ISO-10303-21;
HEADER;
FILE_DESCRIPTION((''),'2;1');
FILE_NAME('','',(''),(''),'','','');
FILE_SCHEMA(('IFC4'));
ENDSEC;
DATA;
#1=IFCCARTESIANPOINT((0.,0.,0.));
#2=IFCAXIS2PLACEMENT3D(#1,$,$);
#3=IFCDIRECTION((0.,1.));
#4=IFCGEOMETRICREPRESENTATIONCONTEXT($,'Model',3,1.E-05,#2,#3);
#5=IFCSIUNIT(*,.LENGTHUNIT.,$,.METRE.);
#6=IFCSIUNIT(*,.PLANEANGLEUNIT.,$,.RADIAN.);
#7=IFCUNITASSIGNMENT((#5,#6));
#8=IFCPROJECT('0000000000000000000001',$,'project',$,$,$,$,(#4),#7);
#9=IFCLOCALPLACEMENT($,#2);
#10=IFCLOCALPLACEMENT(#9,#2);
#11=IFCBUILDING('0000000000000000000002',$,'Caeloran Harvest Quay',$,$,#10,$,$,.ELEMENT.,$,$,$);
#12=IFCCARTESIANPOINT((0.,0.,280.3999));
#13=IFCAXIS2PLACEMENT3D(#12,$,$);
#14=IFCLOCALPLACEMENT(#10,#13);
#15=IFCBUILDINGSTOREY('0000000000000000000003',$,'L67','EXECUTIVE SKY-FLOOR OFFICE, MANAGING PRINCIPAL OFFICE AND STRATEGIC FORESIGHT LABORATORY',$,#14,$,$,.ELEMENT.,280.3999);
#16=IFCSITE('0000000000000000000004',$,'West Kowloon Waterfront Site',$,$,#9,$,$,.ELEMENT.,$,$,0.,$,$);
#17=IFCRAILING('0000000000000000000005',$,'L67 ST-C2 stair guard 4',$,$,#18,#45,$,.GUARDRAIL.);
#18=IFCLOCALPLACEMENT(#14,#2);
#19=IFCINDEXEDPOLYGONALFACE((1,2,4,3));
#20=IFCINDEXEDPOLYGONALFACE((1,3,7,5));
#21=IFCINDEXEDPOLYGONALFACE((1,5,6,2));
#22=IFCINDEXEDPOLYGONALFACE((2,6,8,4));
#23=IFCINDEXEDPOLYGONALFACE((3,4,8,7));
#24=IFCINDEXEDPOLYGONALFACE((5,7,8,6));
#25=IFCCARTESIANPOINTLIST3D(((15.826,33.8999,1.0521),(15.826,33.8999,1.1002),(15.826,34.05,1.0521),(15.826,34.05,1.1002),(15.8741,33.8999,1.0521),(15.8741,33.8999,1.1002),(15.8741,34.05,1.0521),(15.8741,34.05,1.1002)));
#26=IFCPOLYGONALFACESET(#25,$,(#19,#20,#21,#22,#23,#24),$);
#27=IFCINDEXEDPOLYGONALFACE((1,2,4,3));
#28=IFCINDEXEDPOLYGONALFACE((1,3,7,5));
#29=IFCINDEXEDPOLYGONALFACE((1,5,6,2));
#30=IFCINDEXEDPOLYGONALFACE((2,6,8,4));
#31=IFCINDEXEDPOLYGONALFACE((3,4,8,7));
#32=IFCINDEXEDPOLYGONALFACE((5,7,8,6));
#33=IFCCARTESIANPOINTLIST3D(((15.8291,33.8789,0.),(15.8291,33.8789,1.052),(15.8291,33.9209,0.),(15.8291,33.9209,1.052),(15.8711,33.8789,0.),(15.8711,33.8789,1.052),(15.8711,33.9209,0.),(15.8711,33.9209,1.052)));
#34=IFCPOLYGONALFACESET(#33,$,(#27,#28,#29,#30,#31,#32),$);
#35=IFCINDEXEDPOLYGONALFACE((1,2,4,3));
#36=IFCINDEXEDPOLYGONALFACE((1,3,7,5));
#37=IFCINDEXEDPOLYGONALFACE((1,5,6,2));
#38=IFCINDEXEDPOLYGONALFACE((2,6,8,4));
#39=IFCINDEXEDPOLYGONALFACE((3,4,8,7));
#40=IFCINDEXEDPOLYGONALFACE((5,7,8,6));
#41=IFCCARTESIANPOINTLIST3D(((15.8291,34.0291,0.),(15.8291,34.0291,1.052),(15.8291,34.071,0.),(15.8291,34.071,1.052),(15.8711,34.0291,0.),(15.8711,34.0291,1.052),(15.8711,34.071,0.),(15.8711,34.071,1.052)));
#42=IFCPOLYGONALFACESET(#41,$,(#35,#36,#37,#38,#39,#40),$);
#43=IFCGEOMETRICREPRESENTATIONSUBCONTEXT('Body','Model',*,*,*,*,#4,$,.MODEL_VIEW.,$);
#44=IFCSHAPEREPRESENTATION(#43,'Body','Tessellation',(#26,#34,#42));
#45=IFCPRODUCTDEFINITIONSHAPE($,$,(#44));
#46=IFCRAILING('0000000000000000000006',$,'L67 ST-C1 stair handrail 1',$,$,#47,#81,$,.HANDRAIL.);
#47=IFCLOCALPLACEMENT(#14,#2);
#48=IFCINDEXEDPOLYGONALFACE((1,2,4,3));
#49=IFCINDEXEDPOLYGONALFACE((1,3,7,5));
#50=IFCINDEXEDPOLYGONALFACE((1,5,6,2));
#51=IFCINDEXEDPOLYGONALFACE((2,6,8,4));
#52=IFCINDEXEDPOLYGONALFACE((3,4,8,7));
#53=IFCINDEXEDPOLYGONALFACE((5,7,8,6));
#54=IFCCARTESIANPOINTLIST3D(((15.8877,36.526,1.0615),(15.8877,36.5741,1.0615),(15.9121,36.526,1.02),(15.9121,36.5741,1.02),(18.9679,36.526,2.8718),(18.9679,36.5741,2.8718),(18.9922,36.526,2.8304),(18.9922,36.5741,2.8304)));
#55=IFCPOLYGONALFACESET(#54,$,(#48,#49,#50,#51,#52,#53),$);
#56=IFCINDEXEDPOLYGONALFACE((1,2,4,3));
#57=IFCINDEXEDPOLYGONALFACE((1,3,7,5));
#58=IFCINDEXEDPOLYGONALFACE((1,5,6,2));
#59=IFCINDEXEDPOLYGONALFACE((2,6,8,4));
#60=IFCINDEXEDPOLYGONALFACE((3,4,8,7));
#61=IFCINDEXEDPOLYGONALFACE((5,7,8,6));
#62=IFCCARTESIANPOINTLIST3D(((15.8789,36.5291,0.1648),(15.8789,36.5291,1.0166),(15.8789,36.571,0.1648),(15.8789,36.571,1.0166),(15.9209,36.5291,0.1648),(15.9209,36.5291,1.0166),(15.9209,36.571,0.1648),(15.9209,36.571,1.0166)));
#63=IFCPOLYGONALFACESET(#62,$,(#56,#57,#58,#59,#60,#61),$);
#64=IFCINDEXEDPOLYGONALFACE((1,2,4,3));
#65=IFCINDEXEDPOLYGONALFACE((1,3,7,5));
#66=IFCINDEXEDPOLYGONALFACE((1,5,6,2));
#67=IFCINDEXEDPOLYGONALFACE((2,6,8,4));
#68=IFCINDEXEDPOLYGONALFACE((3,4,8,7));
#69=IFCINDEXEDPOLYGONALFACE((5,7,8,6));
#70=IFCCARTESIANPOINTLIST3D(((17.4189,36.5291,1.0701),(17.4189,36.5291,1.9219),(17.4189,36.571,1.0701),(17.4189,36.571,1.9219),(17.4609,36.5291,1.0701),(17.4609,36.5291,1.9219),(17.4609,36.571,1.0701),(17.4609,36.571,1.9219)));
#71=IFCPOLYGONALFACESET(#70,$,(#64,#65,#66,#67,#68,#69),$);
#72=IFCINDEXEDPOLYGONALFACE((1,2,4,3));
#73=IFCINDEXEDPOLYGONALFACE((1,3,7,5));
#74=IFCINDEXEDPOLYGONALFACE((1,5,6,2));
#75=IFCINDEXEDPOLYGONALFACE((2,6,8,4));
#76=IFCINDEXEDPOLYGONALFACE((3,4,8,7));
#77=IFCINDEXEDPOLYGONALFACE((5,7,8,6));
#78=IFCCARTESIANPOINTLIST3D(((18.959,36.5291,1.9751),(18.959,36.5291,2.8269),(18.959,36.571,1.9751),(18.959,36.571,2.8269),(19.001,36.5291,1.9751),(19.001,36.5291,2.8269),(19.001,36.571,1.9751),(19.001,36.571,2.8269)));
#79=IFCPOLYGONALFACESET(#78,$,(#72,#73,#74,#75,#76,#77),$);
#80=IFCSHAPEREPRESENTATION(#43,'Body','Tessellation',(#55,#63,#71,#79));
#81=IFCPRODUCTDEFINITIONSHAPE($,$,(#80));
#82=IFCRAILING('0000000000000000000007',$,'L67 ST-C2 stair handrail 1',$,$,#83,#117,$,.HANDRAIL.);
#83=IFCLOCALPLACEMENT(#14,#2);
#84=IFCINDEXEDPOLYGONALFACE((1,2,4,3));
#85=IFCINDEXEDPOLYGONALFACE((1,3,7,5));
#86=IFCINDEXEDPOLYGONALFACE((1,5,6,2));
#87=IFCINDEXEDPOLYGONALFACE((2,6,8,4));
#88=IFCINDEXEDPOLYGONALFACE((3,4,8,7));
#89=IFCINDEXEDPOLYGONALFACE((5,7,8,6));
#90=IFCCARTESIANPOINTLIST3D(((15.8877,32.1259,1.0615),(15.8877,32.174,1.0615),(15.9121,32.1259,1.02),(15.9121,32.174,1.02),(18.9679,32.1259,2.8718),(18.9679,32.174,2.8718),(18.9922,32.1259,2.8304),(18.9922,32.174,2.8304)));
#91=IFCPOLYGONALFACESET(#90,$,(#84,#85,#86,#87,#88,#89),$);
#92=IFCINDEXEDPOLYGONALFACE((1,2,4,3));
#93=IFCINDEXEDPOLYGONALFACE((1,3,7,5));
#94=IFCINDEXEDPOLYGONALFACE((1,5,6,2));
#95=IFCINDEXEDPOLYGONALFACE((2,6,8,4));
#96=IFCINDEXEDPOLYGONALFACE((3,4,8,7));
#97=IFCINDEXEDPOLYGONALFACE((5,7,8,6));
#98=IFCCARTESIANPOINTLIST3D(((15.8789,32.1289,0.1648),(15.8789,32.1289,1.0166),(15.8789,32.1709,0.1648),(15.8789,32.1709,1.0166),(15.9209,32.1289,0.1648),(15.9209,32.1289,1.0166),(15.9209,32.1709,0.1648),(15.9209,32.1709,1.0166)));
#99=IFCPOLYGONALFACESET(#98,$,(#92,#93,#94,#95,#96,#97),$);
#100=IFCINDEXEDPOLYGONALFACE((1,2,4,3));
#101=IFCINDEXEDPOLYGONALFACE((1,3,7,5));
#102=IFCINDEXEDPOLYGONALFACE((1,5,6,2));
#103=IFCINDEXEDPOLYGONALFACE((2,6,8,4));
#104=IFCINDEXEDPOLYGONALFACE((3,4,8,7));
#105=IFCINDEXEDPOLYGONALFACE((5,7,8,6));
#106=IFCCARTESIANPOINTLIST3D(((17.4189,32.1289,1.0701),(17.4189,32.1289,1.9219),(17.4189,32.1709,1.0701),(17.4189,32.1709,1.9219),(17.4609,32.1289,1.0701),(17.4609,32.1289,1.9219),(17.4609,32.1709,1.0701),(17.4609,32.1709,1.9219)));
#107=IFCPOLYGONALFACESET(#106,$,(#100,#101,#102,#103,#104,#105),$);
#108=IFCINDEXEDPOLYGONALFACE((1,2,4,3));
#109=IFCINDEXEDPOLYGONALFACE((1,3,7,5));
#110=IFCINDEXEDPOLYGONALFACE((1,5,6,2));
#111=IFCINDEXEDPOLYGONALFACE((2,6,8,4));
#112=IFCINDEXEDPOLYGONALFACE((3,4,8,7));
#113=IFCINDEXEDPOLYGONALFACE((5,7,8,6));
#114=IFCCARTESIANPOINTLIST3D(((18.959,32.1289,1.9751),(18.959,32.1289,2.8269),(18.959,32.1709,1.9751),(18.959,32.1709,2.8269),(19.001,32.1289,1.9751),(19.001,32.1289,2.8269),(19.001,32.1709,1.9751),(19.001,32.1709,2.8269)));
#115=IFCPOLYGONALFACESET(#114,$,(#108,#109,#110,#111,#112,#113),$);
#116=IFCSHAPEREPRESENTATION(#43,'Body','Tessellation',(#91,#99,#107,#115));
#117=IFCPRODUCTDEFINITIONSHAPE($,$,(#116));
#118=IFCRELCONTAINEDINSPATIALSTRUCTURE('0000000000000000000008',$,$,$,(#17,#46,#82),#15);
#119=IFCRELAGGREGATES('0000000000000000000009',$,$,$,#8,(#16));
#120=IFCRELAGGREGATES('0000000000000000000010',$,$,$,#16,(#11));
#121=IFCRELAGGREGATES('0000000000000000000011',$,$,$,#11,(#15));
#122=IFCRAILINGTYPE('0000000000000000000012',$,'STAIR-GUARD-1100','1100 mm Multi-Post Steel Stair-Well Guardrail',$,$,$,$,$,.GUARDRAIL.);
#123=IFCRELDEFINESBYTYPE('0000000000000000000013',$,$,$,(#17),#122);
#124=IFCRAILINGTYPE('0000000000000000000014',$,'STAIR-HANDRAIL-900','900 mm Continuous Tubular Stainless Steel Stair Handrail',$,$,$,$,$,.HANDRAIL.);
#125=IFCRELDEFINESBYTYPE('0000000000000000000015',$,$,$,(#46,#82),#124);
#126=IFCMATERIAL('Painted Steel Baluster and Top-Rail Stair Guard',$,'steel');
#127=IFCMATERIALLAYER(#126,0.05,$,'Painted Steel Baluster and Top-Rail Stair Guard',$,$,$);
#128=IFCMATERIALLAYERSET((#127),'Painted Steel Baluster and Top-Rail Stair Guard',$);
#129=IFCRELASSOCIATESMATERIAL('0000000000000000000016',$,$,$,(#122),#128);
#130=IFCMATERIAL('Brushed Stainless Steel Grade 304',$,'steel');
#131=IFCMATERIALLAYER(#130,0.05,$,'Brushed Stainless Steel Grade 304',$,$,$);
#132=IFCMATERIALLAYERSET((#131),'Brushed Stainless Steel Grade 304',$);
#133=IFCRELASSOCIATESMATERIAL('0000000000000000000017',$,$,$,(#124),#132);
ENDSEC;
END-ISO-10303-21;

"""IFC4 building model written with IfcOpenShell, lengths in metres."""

from ifc_helpers import new_model, si_unit, direction, frame, origin, origin_2d, place, context, subcontext, project, spatial, rectangle, extrude, material, layer, layer_set, type_object, element, save


model = new_model("IFC4")

# Units and contexts
model_context = context("Model", 3, precision=1e-05, world=origin(), true_north=direction((0.0, 1.0)))
body_context = subcontext(model_context, "Body", "Model", "MODEL_VIEW")
ifc_project = project(units=[si_unit("LENGTHUNIT", "METRE"), si_unit("PLANEANGLEUNIT", "RADIAN")], contexts=[model_context])

# Site, building, storey
site_placement = place(None, origin())
site = spatial("IfcSite", under=ifc_project, at=site_placement, Name="West Kowloon Waterfront Site", CompositionType="ELEMENT", RefElevation=0.0)
building_placement = place(site_placement, origin())
building = spatial("IfcBuilding", under=site, at=building_placement, Name="Caeloran Harvest Quay", CompositionType="ELEMENT")
storey_placement = place(building_placement, frame((0.0, 0.0, 280.3999)))
storey = spatial("IfcBuildingStorey", under=building, at=storey_placement, Name="L67", Description="EXECUTIVE SKY-FLOOR OFFICE, MANAGING PRINCIPAL OFFICE AND STRATEGIC FORESIGHT LABORATORY", CompositionType="ELEMENT", Elevation=280.3999)

# Railings
ifc_material_1 = material(Name="Painted Steel Baluster and Top-Rail Stair Guard", Category="steel")
ifc_layer_1 = layer(ifc_material_1, 0.05, Name="Painted Steel Baluster and Top-Rail Stair Guard")
ifc_layer_set_1 = layer_set([ifc_layer_1], Name="Painted Steel Baluster and Top-Rail Stair Guard")
railing_type_1 = type_object("IfcRailingType", Name="STAIR-GUARD-1100", Description="1100 mm Multi-Post Steel Stair-Well Guardrail", PredefinedType="GUARDRAIL", material=ifc_layer_set_1)
railing_1_placement = place(storey_placement, frame((15.8501, 33.8999, 0.0)))
element("IfcRailing", 1, at=railing_1_placement, inside=storey, type_object=railing_type_1, Name="L67 ST-C2 stair guard 4", PredefinedType="GUARDRAIL", context=body_context, shape_type="SweptSolid", body=[
    extrude(rectangle(XDim=0.0481, YDim=0.0481, at=origin_2d()), frame((0.0, 0.0, 1.0762), z_axis=(0.0, 1.0, 0.0), x_axis=(-1.0, 0.0, 0.0)), (0.0, 0.0, 1.0), 0.1501),
    extrude(rectangle(XDim=0.042, YDim=0.042, at=origin_2d()), origin(), (0.0, 0.0, 1.0), 1.052),
    extrude(rectangle(XDim=0.042, YDim=0.042, at=origin_2d()), frame((0.0, 0.1501, 0.0)), (0.0, 0.0, 1.0), 1.052),
])
ifc_material_2 = material(Name="Brushed Stainless Steel Grade 304", Category="steel")
ifc_layer_2 = layer(ifc_material_2, 0.05, Name="Brushed Stainless Steel Grade 304")
ifc_layer_set_2 = layer_set([ifc_layer_2], Name="Brushed Stainless Steel Grade 304")
railing_type_2 = type_object("IfcRailingType", Name="STAIR-HANDRAIL-900", Description="900 mm Continuous Tubular Stainless Steel Stair Handrail", PredefinedType="HANDRAIL", material=ifc_layer_set_2)
for number, where, name in (
    (2, (15.8999, 36.55, 0.1648), "L67 ST-C1 stair handrail 1"),
    (3, (15.8999, 32.1499, 0.1648), "L67 ST-C2 stair handrail 1"),
):
    element("IfcRailing", number, at=place(storey_placement, frame(where)), inside=storey, type_object=railing_type_2, Name=name, PredefinedType="HANDRAIL", context=body_context, shape_type="SweptSolid", body=[
        extrude(rectangle(XDim=0.0481, YDim=0.0481, at=origin_2d()), frame((0.0, 0.0, 0.876), z_axis=(0.862119, 0.0, 0.506707), x_axis=(0.0, 1.0, 0.0)), (0.0, 0.0, 1.0), 3.5728),
        extrude(rectangle(XDim=0.042, YDim=0.042, at=origin_2d()), origin(), (0.0, 0.0, 1.0), 0.8518),
        extrude(rectangle(XDim=0.042, YDim=0.042, at=origin_2d()), frame((1.54, 0.0, 0.9053)), (0.0, 0.0, 1.0), 0.8518),
        extrude(rectangle(XDim=0.042, YDim=0.042, at=origin_2d()), frame((3.0801, 0.0, 1.8103)), (0.0, 0.0, 1.0), 0.8518),
    ])

save(model, "model.ifc")
